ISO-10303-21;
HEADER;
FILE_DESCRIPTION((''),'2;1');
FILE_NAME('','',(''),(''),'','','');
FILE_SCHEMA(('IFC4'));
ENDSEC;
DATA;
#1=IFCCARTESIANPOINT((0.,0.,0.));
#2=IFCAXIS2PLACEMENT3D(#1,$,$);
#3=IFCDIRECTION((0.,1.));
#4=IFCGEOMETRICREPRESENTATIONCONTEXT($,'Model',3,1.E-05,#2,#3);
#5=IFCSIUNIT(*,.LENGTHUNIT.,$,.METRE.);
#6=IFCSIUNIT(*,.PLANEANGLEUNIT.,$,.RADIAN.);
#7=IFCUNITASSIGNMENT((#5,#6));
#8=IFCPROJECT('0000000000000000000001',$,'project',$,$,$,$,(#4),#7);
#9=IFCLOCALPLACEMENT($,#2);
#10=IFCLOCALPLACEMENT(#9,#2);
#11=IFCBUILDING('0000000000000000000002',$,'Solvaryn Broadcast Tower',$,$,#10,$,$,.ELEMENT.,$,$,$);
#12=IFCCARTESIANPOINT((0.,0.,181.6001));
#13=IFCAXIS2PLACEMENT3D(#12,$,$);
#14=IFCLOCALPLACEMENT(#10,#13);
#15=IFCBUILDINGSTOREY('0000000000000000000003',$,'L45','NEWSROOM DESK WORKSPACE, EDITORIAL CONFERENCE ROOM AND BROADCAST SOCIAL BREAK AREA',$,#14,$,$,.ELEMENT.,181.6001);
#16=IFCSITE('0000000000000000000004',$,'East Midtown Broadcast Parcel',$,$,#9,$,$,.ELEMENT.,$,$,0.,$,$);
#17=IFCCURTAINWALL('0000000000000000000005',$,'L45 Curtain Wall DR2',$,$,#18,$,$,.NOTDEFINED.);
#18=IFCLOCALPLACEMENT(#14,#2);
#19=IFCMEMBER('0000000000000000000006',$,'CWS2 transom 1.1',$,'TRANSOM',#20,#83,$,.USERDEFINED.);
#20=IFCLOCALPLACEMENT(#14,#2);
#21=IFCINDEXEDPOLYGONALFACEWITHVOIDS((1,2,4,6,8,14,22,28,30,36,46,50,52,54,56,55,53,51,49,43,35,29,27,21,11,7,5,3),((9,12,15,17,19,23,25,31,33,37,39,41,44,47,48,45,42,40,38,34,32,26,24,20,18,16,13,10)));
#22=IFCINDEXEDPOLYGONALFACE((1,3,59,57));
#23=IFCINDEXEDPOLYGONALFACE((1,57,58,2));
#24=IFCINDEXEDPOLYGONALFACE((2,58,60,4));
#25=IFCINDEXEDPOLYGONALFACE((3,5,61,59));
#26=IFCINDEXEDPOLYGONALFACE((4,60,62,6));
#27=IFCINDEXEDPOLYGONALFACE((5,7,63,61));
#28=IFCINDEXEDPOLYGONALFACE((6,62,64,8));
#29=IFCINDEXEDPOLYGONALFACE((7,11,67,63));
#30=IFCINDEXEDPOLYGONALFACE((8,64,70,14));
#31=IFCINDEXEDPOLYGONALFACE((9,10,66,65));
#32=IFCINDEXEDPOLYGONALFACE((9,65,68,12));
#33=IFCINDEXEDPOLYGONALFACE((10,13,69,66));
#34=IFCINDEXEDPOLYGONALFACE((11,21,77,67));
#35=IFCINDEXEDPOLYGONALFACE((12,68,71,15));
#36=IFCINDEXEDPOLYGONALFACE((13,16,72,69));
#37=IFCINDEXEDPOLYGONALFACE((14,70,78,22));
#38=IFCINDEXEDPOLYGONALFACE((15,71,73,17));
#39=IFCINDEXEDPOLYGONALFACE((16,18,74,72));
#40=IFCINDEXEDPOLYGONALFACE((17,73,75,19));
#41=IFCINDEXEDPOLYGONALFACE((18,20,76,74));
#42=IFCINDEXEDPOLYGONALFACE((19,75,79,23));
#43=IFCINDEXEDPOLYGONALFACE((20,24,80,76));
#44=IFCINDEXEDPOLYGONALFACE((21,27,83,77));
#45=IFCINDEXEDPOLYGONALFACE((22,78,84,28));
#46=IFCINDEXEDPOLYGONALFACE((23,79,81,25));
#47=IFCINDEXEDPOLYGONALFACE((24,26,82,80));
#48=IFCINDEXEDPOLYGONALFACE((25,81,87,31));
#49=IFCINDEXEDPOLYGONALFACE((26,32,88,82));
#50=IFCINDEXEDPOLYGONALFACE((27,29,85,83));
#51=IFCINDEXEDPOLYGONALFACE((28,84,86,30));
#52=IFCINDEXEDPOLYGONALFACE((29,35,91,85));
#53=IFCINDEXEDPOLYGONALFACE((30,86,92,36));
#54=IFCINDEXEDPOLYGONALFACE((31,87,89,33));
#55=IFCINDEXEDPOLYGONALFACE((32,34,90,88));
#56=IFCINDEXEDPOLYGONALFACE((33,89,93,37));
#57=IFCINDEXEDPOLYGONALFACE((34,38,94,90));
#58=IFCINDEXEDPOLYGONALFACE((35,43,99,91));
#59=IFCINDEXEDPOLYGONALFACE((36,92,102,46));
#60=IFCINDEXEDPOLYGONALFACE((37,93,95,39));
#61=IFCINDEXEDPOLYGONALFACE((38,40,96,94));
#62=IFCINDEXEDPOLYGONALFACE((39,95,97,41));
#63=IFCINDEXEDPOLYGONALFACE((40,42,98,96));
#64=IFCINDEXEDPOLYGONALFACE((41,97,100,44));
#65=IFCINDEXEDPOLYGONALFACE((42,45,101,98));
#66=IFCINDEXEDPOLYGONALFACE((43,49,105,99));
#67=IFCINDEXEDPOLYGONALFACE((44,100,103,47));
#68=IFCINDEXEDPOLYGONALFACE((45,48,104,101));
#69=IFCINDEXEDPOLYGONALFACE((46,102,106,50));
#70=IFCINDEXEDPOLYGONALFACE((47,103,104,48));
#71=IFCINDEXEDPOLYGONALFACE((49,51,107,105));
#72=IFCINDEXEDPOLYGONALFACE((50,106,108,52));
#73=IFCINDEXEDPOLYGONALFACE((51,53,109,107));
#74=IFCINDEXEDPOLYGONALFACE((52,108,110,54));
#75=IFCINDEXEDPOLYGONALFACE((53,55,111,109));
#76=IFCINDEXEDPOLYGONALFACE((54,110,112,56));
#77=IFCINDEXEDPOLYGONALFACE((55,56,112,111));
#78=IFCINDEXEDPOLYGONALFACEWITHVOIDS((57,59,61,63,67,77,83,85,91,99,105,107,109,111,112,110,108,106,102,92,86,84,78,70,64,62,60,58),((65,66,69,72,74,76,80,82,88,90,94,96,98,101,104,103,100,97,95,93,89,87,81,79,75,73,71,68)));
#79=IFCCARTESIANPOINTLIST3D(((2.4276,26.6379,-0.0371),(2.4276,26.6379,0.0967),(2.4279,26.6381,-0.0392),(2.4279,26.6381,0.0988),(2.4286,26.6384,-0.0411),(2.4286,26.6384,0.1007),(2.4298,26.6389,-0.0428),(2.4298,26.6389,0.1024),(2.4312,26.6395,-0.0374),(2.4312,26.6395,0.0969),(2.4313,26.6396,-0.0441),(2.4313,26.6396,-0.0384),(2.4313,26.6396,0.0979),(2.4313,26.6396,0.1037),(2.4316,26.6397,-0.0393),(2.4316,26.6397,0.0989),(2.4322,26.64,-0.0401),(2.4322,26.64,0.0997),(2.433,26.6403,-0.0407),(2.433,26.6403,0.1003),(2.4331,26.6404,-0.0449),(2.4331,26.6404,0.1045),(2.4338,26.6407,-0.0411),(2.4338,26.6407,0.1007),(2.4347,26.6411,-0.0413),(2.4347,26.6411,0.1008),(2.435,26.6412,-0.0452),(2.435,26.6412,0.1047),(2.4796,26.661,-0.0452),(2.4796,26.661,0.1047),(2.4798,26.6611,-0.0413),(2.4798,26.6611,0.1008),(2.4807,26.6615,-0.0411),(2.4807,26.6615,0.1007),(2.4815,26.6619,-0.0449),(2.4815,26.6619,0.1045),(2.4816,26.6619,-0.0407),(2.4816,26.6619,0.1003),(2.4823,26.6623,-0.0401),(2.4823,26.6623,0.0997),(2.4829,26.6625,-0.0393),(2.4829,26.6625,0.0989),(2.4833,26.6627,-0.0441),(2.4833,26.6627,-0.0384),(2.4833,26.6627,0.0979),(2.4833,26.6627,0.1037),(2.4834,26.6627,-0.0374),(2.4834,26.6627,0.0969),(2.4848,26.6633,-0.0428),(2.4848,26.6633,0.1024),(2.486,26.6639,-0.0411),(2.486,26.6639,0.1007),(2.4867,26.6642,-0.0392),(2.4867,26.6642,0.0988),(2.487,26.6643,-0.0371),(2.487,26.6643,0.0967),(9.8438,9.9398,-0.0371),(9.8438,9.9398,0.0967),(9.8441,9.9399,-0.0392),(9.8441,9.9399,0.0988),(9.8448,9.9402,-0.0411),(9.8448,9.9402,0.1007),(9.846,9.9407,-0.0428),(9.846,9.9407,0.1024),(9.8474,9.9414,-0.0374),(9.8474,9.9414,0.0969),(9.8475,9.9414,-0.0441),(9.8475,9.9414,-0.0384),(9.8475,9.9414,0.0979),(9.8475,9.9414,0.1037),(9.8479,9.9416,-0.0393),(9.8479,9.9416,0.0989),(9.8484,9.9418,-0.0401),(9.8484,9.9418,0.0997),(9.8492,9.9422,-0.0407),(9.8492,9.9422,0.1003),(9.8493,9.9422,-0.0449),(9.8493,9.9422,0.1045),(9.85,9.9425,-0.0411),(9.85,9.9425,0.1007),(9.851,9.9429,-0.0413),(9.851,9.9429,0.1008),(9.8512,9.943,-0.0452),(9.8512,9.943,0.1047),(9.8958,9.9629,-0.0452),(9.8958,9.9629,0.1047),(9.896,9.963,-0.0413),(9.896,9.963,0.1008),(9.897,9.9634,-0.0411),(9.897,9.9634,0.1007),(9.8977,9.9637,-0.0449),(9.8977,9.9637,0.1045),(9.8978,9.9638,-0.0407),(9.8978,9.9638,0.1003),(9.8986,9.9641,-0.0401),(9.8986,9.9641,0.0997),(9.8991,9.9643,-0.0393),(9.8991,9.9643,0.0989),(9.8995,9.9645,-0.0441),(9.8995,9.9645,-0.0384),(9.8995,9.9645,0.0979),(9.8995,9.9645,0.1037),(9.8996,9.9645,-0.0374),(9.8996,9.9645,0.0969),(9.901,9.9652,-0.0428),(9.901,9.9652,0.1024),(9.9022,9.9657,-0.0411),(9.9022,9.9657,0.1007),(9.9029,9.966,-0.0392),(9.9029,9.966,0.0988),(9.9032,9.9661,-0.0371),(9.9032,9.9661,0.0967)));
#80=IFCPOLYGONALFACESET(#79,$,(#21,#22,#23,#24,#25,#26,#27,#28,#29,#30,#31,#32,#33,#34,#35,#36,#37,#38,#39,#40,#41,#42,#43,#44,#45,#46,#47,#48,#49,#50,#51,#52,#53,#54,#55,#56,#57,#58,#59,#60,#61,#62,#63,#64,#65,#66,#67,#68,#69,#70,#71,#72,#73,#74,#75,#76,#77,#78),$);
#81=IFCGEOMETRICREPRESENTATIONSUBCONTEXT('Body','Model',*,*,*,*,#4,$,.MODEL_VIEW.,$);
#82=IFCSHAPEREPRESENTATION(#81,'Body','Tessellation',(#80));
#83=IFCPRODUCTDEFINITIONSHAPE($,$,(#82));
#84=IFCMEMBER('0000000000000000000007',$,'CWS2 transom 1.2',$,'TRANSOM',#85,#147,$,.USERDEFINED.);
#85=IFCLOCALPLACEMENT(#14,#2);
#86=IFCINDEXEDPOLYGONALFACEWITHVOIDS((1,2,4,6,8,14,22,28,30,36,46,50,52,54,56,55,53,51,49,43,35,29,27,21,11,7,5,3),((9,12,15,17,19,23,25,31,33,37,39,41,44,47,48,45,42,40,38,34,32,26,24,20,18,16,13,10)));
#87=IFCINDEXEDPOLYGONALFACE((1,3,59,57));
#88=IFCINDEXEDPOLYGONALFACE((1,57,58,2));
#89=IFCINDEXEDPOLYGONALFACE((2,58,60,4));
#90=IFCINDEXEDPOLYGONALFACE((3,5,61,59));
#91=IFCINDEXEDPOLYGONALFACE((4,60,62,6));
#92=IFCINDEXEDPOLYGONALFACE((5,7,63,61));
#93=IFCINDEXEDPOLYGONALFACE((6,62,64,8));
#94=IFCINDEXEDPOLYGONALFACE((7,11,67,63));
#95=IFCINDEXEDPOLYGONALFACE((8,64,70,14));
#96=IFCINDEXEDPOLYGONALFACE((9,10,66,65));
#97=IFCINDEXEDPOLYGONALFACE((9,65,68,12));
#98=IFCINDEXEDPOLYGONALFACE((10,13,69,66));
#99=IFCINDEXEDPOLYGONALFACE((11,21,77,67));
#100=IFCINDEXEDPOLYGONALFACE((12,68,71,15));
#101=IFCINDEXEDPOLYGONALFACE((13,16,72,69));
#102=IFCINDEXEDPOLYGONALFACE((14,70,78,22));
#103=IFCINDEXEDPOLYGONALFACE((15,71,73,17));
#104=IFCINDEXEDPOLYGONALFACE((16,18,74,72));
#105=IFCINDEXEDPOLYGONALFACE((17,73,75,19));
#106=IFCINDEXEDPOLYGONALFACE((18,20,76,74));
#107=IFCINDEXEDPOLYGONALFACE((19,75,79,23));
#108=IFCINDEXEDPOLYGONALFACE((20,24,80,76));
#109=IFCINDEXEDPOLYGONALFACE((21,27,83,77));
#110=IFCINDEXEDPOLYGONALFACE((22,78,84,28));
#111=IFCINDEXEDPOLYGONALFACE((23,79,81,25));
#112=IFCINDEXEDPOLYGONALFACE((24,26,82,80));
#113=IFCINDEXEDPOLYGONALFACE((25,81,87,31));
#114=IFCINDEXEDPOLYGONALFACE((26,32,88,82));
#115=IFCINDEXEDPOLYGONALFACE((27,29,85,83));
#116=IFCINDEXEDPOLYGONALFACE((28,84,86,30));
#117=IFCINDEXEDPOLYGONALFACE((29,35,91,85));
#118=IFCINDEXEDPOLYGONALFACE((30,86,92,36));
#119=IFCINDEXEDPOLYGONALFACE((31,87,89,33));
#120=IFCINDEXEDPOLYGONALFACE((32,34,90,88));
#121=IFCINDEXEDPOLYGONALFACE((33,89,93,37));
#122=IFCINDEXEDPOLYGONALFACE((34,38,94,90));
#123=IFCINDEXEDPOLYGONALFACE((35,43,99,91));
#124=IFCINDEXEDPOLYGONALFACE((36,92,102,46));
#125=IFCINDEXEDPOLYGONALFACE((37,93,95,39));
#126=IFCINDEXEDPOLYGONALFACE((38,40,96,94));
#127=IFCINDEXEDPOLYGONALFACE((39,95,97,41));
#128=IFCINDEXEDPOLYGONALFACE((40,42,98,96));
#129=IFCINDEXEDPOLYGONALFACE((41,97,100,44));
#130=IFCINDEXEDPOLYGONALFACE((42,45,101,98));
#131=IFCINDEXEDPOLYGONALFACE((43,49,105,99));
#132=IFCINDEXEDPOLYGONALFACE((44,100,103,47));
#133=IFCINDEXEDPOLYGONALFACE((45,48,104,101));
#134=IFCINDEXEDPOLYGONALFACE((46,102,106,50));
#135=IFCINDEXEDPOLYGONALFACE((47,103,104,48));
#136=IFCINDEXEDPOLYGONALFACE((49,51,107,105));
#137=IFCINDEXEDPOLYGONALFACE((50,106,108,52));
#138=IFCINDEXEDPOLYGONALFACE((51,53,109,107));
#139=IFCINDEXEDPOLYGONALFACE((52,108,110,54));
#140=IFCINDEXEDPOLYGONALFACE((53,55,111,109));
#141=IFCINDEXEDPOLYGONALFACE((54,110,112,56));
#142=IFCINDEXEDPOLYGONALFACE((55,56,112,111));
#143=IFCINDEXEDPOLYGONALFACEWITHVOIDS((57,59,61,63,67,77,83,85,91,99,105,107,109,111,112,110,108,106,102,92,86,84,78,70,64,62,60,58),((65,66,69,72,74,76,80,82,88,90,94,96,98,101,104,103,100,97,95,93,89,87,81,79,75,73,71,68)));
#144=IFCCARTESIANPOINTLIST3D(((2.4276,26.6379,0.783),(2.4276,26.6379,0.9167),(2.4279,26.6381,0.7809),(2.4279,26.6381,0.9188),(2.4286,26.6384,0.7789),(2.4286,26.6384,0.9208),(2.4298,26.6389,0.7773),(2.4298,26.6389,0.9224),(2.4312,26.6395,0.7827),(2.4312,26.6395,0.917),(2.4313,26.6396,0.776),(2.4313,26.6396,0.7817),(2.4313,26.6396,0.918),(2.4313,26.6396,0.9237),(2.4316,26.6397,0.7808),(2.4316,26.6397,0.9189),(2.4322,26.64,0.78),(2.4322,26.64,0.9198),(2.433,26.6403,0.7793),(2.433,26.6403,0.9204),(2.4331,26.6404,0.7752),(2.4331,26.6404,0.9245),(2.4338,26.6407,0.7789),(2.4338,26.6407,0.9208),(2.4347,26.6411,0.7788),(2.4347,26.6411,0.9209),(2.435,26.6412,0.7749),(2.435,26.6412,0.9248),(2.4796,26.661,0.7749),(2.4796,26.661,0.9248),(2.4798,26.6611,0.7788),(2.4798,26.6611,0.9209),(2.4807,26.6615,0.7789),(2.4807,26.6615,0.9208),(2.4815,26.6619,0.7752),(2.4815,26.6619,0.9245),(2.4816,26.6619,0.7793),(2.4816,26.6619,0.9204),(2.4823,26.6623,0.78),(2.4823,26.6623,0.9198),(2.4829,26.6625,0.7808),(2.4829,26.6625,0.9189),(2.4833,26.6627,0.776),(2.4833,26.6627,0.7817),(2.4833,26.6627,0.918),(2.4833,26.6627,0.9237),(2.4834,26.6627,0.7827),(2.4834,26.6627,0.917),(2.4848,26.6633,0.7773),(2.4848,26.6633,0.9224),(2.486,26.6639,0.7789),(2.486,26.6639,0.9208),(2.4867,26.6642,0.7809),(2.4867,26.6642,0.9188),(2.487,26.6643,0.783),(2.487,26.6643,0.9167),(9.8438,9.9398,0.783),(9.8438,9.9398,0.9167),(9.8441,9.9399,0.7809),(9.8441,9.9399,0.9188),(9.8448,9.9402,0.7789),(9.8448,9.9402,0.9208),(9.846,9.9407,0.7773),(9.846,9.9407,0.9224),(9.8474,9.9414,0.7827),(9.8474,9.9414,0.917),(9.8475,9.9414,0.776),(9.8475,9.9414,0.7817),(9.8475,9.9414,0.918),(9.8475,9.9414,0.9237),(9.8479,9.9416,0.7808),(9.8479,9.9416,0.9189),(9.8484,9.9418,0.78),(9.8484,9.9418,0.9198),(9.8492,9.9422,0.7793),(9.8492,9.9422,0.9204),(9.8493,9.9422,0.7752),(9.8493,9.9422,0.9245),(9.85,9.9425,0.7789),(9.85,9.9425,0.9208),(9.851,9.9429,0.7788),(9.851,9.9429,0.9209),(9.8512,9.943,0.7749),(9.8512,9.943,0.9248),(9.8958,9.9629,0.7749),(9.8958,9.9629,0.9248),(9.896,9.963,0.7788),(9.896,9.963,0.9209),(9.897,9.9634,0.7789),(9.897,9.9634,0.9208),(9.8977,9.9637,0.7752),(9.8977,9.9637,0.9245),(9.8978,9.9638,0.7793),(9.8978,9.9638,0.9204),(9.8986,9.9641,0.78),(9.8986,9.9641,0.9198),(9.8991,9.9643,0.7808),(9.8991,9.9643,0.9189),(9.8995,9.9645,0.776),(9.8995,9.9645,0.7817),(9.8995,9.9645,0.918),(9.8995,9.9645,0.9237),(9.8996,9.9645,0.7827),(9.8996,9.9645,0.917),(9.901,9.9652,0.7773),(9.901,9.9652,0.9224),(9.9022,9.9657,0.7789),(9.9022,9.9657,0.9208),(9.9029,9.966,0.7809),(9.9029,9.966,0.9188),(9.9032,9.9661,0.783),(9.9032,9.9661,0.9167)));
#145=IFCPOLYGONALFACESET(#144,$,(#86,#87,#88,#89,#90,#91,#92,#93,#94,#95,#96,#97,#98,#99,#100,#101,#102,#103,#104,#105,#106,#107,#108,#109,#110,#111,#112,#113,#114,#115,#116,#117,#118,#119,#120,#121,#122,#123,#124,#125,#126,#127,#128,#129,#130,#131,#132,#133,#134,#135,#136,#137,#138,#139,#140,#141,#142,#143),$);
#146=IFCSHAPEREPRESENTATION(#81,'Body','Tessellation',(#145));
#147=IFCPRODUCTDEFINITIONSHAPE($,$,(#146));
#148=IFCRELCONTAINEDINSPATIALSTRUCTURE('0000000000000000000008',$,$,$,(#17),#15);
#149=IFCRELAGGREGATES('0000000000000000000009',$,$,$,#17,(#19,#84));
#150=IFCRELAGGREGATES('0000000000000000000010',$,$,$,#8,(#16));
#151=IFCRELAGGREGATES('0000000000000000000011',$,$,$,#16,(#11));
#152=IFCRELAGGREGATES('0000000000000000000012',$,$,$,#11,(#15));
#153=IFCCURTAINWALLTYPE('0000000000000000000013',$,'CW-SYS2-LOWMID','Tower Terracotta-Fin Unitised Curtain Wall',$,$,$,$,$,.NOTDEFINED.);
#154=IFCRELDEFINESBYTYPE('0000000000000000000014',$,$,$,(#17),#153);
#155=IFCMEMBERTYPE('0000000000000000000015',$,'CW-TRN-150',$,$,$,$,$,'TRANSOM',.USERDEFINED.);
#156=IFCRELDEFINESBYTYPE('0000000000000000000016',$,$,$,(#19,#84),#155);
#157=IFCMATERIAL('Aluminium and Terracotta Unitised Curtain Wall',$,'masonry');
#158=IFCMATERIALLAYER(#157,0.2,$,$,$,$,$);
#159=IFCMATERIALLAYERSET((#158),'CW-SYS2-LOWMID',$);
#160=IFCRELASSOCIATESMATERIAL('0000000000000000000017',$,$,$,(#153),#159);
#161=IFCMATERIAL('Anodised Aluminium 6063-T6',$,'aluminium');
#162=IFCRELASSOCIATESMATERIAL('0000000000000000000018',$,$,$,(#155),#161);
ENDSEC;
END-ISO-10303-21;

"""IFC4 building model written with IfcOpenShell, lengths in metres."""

from ifc_helpers import new_model, si_unit, direction, frame, origin, origin_2d, place, context, subcontext, project, spatial, hollow_rectangle, extrude, material, layer, layer_set, material_profile, profile_set, type_object, element, aggregate, save


model = new_model("IFC4")

# Units and contexts
model_context = context("Model", 3, precision=1e-05, world=origin(), true_north=direction((0.0, 1.0)))
body_context = subcontext(model_context, "Body", "Model", "MODEL_VIEW")
ifc_project = project(units=[si_unit("LENGTHUNIT", "METRE"), si_unit("PLANEANGLEUNIT", "RADIAN")], contexts=[model_context])

# Site, building, storey
site_placement = place(None, origin())
site = spatial("IfcSite", under=ifc_project, at=site_placement, Name="East Midtown Broadcast Parcel", CompositionType="ELEMENT", RefElevation=0.0)
building_placement = place(site_placement, origin())
building = spatial("IfcBuilding", under=site, at=building_placement, Name="Solvaryn Broadcast Tower", CompositionType="ELEMENT")
storey_placement = place(building_placement, frame((0.0, 0.0, 181.6001)))
storey = spatial("IfcBuildingStorey", under=building, at=storey_placement, Name="L45", Description="NEWSROOM DESK WORKSPACE, EDITORIAL CONFERENCE ROOM AND BROADCAST SOCIAL BREAK AREA", CompositionType="ELEMENT", Elevation=181.6001)

# Shared definitions
ifc_material_1 = material(Name="Aluminium and Terracotta Unitised Curtain Wall", Category="masonry")
ifc_layer_1 = layer(ifc_material_1, 0.2)
ifc_layer_set_1 = layer_set([ifc_layer_1], Name="CW-SYS2-LOWMID")
curtain_wall_type = type_object("IfcCurtainWallType", Name="CW-SYS2-LOWMID", Description="Tower Terracotta-Fin Unitised Curtain Wall", PredefinedType="NOTDEFINED", material=ifc_layer_set_1)

# Curtain wall, members
curtain_wall_1_placement = place(storey_placement, origin())
curtain_wall_1 = element("IfcCurtainWall", 1, at=curtain_wall_1_placement, inside=storey, type_object=curtain_wall_type, Name="L45 Curtain Wall DR2", PredefinedType="NOTDEFINED")
ifc_material_2 = material(Name="Anodised Aluminium 6063-T6", Category="aluminium")
ifc_material_profile_1 = material_profile(ifc_material_2, hollow_rectangle(XDim=0.0649, YDim=0.1499, WallThickness=0.0039, InnerFilletRadius=0.0039, OuterFilletRadius=0.0081, at=origin_2d()))
ifc_profile_set_1 = profile_set([ifc_material_profile_1], Name="Anodised Aluminium 6063-T6")
member_type_1 = type_object("IfcMemberType", Name="CW-TRN-150", ElementType="TRANSOM", PredefinedType="USERDEFINED", material=ifc_profile_set_1)
member_1_placement = place(storey_placement, frame((2.4573, 26.6511, 0.0298), z_axis=(0.405902, -0.913917, 0.0), x_axis=(0.913917, 0.405902, 0.0)))
member_1 = element("IfcMember", 2, at=member_1_placement, type_object=member_type_1, Name="CWS2 transom 1.1", ObjectType="TRANSOM", PredefinedType="USERDEFINED", context=body_context, shape_type="SweptSolid", body=[
    extrude(hollow_rectangle(XDim=0.0649, YDim=0.1499, WallThickness=0.0039, InnerFilletRadius=0.0039, OuterFilletRadius=0.0081, at=origin_2d()), origin(), (0.0, 0.0, 1.0), 18.271),
])
member_2_placement = place(storey_placement, frame((2.4573, 26.6511, 0.8499), z_axis=(0.405902, -0.913917, 0.0), x_axis=(0.913917, 0.405902, 0.0)))
member_2 = element("IfcMember", 3, at=member_2_placement, type_object=member_type_1, Name="CWS2 transom 1.2", ObjectType="TRANSOM", PredefinedType="USERDEFINED", context=body_context, shape_type="SweptSolid", body=[
    extrude(hollow_rectangle(XDim=0.0649, YDim=0.1499, WallThickness=0.0039, InnerFilletRadius=0.0039, OuterFilletRadius=0.0081, at=origin_2d()), origin(), (0.0, 0.0, 1.0), 18.271),
])
aggregate(curtain_wall_1, [member_1, member_2])

save(model, "model.ifc")
